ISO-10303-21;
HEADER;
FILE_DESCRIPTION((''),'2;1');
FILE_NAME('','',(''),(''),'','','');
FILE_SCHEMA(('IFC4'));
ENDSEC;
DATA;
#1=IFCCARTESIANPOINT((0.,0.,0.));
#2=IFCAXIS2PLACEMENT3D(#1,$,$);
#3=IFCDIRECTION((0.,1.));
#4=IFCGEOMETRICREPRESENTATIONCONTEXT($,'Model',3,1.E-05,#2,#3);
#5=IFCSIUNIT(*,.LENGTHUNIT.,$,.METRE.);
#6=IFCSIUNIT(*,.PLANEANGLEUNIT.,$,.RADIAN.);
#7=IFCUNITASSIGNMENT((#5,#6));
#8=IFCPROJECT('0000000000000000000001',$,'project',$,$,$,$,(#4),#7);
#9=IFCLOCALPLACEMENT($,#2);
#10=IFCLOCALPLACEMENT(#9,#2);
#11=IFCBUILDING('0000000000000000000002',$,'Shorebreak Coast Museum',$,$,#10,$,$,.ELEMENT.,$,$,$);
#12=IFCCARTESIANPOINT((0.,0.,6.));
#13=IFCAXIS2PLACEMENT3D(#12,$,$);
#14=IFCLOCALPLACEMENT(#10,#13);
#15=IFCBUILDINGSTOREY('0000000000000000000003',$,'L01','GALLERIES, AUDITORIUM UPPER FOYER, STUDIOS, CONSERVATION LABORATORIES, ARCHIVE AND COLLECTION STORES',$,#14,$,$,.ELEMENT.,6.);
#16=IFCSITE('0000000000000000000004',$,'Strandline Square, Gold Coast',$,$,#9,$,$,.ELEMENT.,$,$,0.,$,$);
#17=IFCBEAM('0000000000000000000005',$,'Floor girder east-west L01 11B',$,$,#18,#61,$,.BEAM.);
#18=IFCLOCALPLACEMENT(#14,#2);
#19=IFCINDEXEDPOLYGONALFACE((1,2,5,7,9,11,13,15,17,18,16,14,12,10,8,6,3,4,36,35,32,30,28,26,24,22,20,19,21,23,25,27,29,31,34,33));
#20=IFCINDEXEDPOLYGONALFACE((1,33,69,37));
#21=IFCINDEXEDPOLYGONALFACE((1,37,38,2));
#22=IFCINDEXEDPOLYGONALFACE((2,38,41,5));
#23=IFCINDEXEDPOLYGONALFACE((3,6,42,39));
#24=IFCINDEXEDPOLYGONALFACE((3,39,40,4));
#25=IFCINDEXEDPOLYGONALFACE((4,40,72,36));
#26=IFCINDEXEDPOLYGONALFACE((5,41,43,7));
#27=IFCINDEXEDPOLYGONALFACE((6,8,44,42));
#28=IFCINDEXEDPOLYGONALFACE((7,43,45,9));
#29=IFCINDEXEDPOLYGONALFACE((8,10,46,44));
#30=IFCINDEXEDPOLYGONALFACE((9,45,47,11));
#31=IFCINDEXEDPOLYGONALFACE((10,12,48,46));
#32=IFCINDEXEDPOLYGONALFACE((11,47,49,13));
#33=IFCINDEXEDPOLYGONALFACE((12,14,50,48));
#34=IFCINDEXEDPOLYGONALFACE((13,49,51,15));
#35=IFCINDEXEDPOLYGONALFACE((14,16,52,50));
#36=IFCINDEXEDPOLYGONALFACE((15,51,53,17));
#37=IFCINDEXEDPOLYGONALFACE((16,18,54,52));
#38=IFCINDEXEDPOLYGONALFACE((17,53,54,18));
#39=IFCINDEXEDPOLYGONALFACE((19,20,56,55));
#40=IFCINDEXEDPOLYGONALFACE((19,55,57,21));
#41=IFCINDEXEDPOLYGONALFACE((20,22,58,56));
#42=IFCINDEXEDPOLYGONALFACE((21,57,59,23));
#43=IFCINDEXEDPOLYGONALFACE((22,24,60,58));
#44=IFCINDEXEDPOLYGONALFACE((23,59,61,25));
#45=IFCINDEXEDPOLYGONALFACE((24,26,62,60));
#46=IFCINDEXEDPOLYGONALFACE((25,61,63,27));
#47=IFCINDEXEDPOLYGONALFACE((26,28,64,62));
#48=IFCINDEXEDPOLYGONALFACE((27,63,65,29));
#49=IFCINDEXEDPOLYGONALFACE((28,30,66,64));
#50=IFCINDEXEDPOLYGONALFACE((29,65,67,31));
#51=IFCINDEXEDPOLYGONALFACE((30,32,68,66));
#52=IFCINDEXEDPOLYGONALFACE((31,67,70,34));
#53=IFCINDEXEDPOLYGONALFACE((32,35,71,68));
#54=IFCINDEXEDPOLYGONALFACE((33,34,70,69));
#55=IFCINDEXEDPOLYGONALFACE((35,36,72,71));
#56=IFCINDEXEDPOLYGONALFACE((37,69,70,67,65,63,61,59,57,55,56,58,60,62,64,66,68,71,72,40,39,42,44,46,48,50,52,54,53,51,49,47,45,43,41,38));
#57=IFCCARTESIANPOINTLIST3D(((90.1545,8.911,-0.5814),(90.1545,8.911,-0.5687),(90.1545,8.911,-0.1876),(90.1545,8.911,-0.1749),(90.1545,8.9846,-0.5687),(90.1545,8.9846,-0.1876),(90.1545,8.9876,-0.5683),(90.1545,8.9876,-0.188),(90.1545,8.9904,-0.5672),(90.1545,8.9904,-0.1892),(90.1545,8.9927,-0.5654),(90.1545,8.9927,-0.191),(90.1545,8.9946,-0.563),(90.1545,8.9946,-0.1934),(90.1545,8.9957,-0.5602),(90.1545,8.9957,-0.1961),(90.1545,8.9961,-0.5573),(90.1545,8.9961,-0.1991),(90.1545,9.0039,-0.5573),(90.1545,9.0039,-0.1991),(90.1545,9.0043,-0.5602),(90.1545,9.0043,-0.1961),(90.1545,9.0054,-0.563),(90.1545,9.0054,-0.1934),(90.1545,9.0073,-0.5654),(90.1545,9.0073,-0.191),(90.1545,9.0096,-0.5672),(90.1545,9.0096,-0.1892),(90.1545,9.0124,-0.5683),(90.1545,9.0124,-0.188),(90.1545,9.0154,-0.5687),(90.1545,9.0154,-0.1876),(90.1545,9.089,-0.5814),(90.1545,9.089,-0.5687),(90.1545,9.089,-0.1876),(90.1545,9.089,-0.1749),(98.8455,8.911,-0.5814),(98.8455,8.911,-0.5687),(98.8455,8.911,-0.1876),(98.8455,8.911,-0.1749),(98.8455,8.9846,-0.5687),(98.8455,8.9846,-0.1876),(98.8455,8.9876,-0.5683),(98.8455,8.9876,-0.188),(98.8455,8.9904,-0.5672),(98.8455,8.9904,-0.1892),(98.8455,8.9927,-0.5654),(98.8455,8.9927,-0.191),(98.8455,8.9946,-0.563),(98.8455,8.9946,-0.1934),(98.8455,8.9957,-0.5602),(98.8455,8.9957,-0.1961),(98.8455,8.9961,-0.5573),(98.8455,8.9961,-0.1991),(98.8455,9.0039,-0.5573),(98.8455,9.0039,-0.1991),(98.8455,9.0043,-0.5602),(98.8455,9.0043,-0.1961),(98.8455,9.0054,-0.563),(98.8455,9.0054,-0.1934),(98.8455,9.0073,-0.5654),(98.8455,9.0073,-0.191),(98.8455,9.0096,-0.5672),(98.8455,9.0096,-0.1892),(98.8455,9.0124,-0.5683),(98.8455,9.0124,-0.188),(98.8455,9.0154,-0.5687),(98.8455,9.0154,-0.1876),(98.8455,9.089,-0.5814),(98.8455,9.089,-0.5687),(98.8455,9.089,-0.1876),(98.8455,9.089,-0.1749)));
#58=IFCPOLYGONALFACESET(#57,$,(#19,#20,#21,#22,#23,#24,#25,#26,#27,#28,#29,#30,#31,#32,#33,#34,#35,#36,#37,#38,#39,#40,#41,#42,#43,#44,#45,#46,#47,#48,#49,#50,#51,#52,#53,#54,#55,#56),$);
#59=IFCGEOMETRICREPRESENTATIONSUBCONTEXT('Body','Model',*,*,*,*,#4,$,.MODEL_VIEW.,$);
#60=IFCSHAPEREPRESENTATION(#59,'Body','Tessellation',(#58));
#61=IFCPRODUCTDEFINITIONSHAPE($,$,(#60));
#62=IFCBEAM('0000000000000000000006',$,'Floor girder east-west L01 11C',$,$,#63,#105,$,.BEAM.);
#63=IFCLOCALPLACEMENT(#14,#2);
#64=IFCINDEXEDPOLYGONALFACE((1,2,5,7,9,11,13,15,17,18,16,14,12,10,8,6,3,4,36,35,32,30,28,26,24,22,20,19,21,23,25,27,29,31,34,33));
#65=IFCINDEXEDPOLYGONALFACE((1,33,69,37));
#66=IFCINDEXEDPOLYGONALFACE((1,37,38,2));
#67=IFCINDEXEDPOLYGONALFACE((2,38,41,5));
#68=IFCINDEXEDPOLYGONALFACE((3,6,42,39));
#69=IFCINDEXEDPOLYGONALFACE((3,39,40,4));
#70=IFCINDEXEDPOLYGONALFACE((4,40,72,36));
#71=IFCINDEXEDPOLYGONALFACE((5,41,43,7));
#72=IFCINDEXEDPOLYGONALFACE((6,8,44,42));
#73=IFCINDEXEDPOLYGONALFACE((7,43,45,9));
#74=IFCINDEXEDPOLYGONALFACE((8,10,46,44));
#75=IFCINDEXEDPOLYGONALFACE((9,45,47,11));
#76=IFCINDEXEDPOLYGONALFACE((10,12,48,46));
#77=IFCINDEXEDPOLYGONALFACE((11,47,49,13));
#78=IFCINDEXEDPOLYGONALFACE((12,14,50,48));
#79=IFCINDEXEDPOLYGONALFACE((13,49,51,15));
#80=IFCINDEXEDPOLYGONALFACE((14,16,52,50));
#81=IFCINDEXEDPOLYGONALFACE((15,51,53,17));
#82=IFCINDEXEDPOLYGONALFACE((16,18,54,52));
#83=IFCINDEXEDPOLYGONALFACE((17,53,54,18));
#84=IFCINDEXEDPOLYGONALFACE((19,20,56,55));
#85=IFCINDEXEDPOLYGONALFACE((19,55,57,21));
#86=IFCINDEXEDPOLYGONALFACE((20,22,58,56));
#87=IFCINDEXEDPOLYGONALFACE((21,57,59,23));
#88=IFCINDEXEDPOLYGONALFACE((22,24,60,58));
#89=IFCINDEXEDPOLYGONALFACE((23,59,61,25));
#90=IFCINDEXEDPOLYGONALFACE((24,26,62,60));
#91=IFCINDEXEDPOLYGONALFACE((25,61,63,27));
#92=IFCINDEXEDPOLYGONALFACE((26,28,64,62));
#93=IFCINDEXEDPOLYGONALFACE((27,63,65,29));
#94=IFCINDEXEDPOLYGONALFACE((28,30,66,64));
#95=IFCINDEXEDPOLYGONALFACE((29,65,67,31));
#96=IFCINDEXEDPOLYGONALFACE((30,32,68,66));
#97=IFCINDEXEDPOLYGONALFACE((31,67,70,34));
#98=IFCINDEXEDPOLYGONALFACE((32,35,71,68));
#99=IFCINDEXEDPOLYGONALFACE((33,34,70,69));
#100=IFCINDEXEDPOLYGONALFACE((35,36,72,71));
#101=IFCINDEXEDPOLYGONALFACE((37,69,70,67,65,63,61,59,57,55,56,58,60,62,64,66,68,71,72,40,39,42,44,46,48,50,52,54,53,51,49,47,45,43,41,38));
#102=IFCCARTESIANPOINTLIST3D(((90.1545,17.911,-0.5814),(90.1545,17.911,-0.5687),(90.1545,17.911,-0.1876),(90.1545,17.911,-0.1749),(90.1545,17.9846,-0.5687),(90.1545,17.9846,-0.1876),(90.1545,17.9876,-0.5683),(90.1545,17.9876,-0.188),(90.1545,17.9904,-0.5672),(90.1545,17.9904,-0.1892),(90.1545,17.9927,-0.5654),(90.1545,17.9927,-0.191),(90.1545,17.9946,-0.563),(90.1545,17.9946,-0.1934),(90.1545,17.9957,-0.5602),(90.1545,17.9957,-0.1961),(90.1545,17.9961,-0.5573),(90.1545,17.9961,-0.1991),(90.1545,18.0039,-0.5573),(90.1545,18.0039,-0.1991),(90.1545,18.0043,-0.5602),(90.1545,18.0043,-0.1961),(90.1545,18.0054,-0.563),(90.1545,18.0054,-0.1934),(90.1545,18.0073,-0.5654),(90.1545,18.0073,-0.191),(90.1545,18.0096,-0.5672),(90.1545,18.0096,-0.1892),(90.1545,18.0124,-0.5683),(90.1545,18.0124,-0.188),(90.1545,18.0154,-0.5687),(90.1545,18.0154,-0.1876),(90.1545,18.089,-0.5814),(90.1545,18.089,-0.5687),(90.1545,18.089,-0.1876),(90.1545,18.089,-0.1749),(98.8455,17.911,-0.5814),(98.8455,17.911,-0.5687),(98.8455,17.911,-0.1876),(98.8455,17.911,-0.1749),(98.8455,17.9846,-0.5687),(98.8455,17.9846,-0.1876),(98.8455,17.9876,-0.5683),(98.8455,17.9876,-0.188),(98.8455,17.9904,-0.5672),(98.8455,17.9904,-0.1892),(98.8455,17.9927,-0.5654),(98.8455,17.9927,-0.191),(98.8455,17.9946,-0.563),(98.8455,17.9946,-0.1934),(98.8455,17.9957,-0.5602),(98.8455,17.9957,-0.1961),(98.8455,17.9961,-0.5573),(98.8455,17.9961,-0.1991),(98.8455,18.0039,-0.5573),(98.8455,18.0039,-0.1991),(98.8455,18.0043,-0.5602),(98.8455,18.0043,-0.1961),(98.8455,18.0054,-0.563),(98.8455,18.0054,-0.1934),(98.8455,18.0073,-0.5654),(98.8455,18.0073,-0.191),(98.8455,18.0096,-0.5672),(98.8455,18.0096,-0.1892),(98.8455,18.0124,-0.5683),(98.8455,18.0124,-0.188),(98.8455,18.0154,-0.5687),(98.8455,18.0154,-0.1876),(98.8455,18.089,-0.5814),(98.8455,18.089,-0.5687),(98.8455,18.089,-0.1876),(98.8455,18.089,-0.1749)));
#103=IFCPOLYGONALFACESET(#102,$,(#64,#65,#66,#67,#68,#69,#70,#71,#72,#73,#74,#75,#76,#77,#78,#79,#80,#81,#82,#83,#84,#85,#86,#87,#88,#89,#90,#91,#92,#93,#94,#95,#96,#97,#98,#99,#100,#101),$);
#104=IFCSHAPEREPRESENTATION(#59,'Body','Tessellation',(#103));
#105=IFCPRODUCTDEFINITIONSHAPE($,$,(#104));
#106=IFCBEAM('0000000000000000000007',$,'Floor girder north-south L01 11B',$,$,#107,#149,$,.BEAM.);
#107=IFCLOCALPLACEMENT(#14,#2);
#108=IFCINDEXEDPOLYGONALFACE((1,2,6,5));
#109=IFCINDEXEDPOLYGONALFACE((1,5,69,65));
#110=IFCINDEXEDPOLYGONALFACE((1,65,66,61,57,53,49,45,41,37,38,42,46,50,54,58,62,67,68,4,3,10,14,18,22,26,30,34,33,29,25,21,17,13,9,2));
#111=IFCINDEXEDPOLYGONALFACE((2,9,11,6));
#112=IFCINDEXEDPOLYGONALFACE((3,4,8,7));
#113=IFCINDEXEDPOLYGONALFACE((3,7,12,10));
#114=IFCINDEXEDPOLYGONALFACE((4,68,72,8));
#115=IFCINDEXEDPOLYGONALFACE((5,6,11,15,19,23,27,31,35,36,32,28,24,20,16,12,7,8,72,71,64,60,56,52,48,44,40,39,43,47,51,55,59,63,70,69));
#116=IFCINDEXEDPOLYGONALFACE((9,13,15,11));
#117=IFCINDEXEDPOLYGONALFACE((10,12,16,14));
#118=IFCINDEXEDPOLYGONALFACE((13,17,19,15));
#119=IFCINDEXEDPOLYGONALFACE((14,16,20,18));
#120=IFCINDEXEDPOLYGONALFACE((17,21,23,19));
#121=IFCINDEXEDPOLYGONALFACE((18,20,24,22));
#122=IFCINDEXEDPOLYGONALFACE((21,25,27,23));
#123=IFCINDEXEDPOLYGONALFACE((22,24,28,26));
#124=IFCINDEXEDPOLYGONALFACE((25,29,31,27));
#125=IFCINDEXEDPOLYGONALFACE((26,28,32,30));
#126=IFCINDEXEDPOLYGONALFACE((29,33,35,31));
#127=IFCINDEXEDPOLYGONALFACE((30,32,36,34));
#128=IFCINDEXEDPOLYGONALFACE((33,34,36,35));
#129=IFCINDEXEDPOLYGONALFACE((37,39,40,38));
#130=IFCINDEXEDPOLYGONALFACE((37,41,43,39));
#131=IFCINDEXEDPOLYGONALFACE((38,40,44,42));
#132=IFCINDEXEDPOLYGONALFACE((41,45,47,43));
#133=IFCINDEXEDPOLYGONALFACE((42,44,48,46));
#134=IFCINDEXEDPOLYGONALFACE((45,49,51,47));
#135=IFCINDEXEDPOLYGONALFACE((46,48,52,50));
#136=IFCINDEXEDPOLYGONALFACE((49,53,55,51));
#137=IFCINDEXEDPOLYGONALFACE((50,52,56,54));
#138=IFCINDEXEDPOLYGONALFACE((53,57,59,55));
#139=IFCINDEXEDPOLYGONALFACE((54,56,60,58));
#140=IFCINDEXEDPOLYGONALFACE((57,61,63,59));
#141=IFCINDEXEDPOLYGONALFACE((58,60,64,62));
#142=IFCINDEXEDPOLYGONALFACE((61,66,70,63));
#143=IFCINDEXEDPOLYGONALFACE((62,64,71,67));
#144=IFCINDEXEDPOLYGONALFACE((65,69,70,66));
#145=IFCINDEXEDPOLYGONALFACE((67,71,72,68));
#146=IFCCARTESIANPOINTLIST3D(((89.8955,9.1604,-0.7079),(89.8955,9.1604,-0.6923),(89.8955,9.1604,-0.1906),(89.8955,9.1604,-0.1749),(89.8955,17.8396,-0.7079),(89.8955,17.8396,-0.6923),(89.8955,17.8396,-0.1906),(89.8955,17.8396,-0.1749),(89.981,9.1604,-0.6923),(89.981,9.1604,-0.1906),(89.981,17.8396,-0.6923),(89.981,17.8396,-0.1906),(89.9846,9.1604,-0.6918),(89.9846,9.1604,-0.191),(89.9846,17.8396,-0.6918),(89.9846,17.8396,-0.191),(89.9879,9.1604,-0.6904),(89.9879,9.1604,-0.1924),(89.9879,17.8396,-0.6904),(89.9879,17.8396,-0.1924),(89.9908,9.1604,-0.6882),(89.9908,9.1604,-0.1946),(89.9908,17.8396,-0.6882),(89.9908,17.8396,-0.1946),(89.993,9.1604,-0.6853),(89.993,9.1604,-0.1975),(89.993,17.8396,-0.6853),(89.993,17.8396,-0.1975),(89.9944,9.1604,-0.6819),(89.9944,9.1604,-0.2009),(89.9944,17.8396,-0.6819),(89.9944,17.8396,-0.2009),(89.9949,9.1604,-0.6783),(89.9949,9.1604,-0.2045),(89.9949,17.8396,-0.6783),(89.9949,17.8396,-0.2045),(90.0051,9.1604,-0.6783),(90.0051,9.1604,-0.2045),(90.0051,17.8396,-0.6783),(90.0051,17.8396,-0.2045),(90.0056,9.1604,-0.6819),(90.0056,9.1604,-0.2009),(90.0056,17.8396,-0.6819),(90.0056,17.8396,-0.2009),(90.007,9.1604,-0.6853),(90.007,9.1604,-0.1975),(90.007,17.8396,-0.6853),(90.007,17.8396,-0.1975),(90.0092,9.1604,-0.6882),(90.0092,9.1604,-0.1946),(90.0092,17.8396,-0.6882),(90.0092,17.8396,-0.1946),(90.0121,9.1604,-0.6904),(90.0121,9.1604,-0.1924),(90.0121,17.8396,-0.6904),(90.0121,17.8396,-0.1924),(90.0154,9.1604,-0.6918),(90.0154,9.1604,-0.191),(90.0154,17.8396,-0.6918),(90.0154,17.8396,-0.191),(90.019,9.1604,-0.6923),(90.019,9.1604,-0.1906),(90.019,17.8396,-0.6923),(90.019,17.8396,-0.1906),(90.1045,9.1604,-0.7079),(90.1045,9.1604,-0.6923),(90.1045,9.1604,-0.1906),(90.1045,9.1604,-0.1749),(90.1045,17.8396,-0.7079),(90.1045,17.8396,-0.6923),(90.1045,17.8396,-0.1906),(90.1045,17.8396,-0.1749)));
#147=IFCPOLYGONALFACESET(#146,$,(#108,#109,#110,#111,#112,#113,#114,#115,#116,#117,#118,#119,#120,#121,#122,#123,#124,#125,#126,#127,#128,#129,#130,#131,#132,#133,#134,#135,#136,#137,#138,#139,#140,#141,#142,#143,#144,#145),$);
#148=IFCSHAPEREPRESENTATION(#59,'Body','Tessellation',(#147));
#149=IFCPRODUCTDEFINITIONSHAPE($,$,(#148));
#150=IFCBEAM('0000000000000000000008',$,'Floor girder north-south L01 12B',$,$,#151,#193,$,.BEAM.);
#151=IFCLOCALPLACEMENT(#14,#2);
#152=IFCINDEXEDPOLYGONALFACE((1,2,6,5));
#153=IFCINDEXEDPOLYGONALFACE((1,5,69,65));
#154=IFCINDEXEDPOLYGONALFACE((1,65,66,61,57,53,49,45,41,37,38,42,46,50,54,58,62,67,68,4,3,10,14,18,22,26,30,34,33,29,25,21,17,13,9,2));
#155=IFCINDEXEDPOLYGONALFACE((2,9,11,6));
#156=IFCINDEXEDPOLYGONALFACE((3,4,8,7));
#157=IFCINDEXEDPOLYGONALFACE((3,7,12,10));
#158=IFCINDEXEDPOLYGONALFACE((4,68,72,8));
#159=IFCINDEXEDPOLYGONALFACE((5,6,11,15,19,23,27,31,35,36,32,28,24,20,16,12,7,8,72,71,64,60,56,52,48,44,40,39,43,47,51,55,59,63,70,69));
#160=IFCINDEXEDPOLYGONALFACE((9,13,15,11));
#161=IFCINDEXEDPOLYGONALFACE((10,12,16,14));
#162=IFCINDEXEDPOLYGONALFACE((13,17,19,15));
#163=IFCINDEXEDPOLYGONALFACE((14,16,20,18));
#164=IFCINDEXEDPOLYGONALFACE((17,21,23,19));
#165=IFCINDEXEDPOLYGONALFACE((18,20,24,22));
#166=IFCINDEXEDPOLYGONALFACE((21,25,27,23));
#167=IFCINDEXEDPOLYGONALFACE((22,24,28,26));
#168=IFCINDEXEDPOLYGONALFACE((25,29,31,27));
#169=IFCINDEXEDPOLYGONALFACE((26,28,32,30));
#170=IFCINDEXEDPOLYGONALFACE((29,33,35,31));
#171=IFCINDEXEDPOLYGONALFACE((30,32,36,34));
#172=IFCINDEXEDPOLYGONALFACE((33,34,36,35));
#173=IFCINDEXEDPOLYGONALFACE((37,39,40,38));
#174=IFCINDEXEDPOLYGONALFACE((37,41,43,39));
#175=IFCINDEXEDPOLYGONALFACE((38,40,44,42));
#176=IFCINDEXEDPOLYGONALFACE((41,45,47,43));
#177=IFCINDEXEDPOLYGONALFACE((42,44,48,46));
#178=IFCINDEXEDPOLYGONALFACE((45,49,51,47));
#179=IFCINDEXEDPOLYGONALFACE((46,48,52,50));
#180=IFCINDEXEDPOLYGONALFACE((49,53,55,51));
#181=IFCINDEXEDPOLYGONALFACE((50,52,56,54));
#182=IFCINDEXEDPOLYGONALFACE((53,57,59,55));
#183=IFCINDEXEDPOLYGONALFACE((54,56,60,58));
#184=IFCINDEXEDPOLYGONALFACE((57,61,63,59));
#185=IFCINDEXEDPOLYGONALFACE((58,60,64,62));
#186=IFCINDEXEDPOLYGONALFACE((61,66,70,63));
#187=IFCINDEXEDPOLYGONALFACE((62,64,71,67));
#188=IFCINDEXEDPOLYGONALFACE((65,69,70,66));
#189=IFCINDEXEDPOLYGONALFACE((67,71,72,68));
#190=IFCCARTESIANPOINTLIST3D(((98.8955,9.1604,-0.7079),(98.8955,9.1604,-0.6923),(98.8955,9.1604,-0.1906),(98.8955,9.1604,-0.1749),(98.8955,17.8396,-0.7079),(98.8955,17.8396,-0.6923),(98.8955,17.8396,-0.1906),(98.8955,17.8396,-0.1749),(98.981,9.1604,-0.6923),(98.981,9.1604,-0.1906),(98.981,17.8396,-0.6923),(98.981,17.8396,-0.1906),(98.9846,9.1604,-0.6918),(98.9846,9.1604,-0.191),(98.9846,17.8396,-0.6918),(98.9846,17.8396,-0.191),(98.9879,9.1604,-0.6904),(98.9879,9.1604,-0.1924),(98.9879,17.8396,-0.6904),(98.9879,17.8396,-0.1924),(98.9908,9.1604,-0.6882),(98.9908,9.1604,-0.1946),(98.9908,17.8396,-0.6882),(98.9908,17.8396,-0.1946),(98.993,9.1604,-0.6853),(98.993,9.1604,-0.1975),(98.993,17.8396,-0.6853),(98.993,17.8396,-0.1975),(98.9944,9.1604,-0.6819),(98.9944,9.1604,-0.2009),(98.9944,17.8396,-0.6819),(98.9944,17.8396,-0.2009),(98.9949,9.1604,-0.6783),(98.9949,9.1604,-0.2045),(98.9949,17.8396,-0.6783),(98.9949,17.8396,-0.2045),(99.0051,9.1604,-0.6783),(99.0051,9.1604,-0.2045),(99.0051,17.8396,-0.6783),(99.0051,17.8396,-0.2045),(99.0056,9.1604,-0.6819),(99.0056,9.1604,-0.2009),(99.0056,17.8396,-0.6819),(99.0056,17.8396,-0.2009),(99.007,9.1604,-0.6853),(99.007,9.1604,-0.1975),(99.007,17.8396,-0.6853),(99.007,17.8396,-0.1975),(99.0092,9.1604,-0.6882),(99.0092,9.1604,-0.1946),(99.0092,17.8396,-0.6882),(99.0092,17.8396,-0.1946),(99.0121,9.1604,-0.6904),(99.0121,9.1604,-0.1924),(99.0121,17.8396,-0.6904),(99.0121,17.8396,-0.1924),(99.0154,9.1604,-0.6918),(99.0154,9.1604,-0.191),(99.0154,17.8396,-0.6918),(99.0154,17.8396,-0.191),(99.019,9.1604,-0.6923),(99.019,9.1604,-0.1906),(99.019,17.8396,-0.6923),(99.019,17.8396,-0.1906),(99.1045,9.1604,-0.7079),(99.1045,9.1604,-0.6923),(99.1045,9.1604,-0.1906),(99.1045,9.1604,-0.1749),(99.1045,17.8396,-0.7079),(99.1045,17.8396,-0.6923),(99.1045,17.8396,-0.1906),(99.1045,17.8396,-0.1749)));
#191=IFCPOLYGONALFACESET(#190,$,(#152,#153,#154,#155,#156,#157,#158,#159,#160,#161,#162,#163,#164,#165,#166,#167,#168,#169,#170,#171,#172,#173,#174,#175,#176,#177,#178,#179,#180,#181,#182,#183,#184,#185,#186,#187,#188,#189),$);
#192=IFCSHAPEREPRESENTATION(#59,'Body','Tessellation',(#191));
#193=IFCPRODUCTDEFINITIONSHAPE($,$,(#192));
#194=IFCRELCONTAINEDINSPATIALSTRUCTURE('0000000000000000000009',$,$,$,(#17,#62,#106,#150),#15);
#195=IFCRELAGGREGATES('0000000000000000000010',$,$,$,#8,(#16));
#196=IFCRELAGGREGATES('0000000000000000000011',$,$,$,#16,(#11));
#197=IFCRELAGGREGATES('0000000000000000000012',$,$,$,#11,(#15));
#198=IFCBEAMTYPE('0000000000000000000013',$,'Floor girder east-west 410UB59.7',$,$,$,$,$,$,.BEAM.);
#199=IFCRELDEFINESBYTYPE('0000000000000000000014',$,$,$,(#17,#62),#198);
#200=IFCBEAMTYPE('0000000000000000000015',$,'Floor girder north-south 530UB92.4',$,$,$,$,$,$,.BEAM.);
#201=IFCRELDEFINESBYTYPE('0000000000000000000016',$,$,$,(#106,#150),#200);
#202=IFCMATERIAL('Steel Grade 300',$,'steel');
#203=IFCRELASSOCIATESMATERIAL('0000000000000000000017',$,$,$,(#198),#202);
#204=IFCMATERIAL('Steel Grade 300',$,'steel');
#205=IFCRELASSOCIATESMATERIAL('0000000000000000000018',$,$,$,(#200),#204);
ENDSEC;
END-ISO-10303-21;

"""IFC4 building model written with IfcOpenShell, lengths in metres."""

from ifc_helpers import new_model, si_unit, direction, frame, origin, origin_2d, place, context, subcontext, project, spatial, i_section, extrude, material, material_profile, profile_set, type_object, element, save


model = new_model("IFC4")

# Units and contexts
model_context = context("Model", 3, precision=1e-05, world=origin(), true_north=direction((0.0, 1.0)))
body_context = subcontext(model_context, "Body", "Model", "MODEL_VIEW")
ifc_project = project(units=[si_unit("LENGTHUNIT", "METRE"), si_unit("PLANEANGLEUNIT", "RADIAN")], contexts=[model_context])

# Site, building, storey
site_placement = place(None, origin())
site = spatial("IfcSite", under=ifc_project, at=site_placement, Name="Strandline Square, Gold Coast", CompositionType="ELEMENT", RefElevation=0.0)
building_placement = place(site_placement, origin())
building = spatial("IfcBuilding", under=site, at=building_placement, Name="Shorebreak Coast Museum", CompositionType="ELEMENT")
storey_placement = place(building_placement, frame((0.0, 0.0, 6.0)))
storey = spatial("IfcBuildingStorey", under=building, at=storey_placement, Name="L01", Description="GALLERIES, AUDITORIUM UPPER FOYER, STUDIOS, CONSERVATION LABORATORIES, ARCHIVE AND COLLECTION STORES", CompositionType="ELEMENT", Elevation=6.0)

# Beams
ifc_material_1 = material(Name="Steel Grade 300", Category="steel")
ifc_material_profile_1 = material_profile(ifc_material_1, i_section(OverallWidth=0.178, OverallDepth=0.4065, WebThickness=0.0078, FlangeThickness=0.0127, FilletRadius=0.0115, at=origin_2d()), Name="410UB59.7")
ifc_profile_set_1 = profile_set([ifc_material_profile_1], Name="Steel Grade 300")
beam_type_1 = type_object("IfcBeamType", Name="Floor girder east-west 410UB59.7", PredefinedType="BEAM", material=ifc_profile_set_1)
for number, where, z_axis, x_axis, name in (
    (1, (90.1545, 9.0, -0.3782), (1.0, 0.0, 0.0), (0.0, 1.0, 0.0), "Floor girder east-west L01 11B"),
    (2, (90.1545, 18.0, -0.3782), (1.0, 0.0, 0.0), (0.0, 1.0, 0.0), "Floor girder east-west L01 11C"),
):
    element("IfcBeam", number, at=place(storey_placement, frame(where, z_axis=z_axis, x_axis=x_axis)), inside=storey, type_object=beam_type_1, Name=name, PredefinedType="BEAM", context=body_context, shape_type="SweptSolid", body=[
        extrude(i_section(OverallWidth=0.178, OverallDepth=0.4065, WebThickness=0.0078, FlangeThickness=0.0127, FilletRadius=0.0115, at=origin_2d()), origin(), (0.0, 0.0, 1.0), 8.6909),
    ])
ifc_material_2 = material(Name="Steel Grade 300", Category="steel")
ifc_material_profile_2 = material_profile(ifc_material_2, i_section(OverallWidth=0.209, OverallDepth=0.533, WebThickness=0.0103, FlangeThickness=0.0156, FilletRadius=0.0139, at=origin_2d()), Name="530UB92.4")
ifc_profile_set_2 = profile_set([ifc_material_profile_2], Name="Steel Grade 300")
beam_type_2 = type_object("IfcBeamType", Name="Floor girder north-south 530UB92.4", PredefinedType="BEAM", material=ifc_profile_set_2)
for number, where, z_axis, x_axis, name in (
    (3, (90.0, 9.1604, -0.4414), (0.0, 1.0, 0.0), (-1.0, 0.0, 0.0), "Floor girder north-south L01 11B"),
    (4, (99.0, 9.1604, -0.4414), (0.0, 1.0, 0.0), (-1.0, 0.0, 0.0), "Floor girder north-south L01 12B"),
):
    element("IfcBeam", number, at=place(storey_placement, frame(where, z_axis=z_axis, x_axis=x_axis)), inside=storey, type_object=beam_type_2, Name=name, PredefinedType="BEAM", context=body_context, shape_type="SweptSolid", body=[
        extrude(i_section(OverallWidth=0.209, OverallDepth=0.533, WebThickness=0.0103, FlangeThickness=0.0156, FilletRadius=0.0139, at=origin_2d()), origin(), (0.0, 0.0, 1.0), 8.6792),
    ])

save(model, "model.ifc")
